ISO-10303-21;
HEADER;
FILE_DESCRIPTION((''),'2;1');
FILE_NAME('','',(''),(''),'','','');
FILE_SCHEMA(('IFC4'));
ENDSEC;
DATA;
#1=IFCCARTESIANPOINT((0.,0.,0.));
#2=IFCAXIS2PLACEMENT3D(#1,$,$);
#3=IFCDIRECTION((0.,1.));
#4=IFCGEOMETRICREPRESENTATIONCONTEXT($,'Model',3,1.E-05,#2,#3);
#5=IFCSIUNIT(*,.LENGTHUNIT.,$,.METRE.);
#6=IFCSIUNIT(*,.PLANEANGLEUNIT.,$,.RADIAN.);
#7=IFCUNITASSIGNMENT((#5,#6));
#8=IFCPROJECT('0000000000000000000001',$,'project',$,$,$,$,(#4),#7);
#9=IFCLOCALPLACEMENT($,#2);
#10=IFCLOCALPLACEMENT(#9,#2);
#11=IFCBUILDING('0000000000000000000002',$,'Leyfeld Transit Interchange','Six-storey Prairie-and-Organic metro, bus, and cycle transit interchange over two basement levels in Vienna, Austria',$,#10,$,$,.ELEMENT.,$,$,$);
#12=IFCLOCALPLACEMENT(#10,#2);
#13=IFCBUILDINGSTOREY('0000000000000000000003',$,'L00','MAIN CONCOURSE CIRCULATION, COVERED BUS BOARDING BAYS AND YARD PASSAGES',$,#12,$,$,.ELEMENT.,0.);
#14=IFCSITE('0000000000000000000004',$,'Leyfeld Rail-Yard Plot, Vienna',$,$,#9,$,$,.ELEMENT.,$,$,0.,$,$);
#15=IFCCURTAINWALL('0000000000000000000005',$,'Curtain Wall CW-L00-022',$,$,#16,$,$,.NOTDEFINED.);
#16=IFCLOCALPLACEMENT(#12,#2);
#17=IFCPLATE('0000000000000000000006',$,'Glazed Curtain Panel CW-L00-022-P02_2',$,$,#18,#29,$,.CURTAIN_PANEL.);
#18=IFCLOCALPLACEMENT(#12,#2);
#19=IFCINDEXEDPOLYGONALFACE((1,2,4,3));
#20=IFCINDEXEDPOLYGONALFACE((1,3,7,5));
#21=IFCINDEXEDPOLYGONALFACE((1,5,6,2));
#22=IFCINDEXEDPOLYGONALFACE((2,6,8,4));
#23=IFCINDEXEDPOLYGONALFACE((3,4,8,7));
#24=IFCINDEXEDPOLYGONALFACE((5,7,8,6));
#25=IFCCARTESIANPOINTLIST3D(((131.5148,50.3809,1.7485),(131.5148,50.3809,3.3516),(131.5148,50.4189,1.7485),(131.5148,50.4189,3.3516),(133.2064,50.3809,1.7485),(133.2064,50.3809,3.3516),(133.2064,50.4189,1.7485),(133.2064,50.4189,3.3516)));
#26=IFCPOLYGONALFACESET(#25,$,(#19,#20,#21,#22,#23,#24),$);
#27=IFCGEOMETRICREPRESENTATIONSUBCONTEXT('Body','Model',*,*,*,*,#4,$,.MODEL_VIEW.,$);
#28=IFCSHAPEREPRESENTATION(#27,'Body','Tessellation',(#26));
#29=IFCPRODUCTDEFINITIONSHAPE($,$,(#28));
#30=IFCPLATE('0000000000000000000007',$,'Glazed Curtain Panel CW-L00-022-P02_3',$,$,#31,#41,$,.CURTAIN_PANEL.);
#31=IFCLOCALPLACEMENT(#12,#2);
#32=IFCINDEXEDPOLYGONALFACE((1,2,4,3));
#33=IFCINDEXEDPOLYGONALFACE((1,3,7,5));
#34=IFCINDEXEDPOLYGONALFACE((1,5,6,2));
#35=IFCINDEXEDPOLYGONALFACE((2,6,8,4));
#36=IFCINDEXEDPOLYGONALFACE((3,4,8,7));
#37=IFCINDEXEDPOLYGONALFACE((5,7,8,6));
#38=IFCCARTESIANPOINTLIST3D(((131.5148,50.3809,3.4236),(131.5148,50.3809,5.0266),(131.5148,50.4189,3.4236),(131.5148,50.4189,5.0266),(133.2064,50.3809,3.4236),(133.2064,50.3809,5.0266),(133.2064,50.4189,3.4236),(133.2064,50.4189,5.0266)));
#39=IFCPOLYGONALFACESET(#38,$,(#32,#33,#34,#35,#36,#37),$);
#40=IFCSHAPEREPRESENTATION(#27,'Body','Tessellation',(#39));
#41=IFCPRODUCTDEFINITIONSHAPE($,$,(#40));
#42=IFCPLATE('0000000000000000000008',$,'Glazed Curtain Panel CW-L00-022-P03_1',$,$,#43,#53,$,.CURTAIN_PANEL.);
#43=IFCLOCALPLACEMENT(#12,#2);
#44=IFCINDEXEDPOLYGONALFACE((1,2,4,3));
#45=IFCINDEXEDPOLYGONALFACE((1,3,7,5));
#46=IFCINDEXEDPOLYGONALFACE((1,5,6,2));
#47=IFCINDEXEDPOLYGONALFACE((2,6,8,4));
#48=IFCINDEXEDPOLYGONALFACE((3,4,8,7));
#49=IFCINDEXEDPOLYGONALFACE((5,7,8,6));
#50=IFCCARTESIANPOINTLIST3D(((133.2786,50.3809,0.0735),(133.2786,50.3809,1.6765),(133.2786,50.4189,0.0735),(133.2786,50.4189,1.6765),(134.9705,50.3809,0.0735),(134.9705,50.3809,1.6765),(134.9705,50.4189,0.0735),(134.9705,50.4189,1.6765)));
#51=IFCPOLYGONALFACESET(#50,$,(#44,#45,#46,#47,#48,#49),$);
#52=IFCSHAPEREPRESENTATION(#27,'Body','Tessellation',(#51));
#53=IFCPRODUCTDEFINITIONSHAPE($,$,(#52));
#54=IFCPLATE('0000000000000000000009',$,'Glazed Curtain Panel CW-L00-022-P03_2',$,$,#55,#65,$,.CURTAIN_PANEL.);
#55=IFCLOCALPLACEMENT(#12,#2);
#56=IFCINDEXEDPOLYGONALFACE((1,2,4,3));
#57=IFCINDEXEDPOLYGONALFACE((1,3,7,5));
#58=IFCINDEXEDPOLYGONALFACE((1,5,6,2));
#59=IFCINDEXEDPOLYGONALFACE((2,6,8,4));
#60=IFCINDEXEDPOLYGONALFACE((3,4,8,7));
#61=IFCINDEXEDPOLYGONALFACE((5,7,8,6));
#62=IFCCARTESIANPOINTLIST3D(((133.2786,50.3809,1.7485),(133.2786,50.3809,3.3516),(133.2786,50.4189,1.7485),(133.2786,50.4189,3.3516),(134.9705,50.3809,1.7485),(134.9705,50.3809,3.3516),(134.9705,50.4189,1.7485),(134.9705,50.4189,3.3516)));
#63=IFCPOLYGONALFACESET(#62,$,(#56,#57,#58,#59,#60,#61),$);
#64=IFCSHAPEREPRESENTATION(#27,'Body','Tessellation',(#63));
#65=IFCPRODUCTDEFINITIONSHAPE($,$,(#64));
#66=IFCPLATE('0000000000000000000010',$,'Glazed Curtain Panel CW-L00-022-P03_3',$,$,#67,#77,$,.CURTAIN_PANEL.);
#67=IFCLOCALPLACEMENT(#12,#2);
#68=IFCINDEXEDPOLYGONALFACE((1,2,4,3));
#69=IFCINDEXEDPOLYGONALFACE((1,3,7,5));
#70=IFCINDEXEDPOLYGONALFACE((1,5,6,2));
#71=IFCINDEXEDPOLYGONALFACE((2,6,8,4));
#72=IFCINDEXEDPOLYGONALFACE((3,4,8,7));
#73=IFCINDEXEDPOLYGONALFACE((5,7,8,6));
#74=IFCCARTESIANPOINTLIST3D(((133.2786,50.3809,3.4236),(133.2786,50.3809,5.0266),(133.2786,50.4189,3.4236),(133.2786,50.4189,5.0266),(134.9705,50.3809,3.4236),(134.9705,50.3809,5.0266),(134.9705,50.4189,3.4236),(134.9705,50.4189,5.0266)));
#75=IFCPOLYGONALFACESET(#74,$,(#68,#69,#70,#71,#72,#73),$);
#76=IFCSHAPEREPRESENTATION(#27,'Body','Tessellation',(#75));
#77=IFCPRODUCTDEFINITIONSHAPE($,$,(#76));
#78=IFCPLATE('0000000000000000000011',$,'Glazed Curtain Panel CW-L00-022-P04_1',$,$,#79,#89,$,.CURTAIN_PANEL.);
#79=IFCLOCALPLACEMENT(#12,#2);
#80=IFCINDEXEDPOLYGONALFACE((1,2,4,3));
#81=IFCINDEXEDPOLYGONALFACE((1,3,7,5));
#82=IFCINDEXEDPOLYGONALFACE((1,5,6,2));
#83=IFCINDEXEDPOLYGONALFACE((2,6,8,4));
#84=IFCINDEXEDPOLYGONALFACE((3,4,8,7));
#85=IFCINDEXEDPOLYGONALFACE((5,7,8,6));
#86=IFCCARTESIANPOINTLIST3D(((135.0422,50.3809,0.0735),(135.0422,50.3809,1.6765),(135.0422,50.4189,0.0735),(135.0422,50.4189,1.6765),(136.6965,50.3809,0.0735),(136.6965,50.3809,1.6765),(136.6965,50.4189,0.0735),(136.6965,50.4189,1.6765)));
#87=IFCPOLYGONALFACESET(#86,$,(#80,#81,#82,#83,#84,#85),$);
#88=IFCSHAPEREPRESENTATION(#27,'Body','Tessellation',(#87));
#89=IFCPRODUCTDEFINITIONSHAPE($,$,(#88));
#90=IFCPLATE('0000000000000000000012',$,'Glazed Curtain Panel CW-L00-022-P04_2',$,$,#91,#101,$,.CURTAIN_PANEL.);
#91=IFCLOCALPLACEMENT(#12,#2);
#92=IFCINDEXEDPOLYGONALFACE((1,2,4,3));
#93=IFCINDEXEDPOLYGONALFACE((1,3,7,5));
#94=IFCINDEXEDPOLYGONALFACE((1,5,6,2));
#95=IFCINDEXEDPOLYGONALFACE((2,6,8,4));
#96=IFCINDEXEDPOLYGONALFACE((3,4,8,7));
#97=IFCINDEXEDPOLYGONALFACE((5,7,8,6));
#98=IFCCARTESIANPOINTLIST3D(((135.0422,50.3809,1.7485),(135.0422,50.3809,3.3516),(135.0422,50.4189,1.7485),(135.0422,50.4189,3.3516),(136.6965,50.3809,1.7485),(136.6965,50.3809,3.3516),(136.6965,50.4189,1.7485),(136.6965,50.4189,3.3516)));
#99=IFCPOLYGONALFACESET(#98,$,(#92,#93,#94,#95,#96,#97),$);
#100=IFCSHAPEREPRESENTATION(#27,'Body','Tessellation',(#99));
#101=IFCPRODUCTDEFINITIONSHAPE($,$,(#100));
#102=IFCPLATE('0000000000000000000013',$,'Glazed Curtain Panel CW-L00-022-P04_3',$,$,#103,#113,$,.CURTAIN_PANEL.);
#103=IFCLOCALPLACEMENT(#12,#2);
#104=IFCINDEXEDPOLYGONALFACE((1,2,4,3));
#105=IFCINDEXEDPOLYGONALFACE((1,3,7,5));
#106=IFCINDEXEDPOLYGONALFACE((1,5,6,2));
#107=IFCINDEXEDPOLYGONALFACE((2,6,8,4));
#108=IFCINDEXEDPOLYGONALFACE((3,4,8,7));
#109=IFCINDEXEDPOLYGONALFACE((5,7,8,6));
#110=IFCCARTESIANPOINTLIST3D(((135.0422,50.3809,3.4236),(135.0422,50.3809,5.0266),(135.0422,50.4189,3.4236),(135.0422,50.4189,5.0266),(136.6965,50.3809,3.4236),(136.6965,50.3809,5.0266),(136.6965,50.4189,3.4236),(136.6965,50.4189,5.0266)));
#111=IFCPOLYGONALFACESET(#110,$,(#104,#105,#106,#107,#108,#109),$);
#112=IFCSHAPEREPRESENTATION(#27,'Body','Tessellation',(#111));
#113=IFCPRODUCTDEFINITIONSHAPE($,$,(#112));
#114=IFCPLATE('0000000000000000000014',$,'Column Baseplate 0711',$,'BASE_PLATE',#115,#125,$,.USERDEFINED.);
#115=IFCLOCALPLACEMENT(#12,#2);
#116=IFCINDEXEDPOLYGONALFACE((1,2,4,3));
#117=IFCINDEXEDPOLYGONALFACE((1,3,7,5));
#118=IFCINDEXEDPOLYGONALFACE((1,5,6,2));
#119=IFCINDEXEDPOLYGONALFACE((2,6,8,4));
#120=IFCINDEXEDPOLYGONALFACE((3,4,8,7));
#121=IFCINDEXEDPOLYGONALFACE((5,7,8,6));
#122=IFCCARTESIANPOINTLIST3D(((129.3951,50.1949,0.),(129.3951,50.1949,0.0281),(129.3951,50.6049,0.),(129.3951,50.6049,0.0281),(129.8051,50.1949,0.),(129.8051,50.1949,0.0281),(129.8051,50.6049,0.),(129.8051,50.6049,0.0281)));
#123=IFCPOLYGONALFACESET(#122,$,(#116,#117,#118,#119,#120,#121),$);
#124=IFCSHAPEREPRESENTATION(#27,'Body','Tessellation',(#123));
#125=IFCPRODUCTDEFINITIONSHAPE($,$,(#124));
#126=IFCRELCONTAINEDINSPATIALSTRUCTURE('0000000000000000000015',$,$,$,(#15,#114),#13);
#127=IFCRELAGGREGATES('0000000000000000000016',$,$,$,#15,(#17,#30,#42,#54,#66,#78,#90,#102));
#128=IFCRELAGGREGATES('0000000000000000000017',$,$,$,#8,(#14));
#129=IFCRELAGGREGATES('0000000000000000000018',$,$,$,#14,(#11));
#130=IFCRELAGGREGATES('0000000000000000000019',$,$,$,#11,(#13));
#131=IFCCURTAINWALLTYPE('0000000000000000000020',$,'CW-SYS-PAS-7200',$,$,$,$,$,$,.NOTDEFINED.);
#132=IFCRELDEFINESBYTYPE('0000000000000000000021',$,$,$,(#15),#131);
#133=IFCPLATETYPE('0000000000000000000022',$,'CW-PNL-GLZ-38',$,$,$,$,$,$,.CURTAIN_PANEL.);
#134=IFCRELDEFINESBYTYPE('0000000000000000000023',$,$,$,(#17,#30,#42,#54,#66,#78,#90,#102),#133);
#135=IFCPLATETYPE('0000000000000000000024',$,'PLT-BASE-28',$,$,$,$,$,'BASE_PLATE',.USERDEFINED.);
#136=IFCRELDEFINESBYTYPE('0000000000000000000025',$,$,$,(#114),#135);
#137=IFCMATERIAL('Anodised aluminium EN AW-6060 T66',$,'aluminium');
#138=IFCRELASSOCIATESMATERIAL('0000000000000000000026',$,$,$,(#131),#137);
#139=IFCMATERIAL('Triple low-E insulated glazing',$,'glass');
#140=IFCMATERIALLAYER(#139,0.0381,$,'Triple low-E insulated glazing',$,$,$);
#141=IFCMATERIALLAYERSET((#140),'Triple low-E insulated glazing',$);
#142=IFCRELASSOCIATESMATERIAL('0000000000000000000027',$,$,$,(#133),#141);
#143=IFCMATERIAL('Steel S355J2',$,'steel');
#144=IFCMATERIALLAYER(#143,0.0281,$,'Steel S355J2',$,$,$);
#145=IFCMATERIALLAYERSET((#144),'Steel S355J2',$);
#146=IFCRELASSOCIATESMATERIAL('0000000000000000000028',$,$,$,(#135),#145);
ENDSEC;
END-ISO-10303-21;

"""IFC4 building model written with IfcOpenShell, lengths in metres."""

from ifc_helpers import new_model, si_unit, direction, frame, origin, origin_2d, place, context, subcontext, project, spatial, rectangle, extrude, material, layer, layer_set, type_object, element, aggregate, save


model = new_model("IFC4")

# Units and contexts
model_context = context("Model", 3, precision=1e-05, world=origin(), true_north=direction((0.0, 1.0)))
body_context = subcontext(model_context, "Body", "Model", "MODEL_VIEW")
ifc_project = project(units=[si_unit("LENGTHUNIT", "METRE"), si_unit("PLANEANGLEUNIT", "RADIAN")], contexts=[model_context])

# Site, building, storey
site_placement = place(None, origin())
site = spatial("IfcSite", under=ifc_project, at=site_placement, Name="Leyfeld Rail-Yard Plot, Vienna", CompositionType="ELEMENT", RefElevation=0.0)
building_placement = place(site_placement, origin())
building = spatial("IfcBuilding", under=site, at=building_placement, Name="Leyfeld Transit Interchange", Description="Six-storey Prairie-and-Organic metro, bus, and cycle transit interchange over two basement levels in Vienna, Austria", CompositionType="ELEMENT")
storey_placement = place(building_placement, origin())
storey = spatial("IfcBuildingStorey", under=building, at=storey_placement, Name="L00", Description="MAIN CONCOURSE CIRCULATION, COVERED BUS BOARDING BAYS AND YARD PASSAGES", CompositionType="ELEMENT", Elevation=0.0)

# Shared definitions
ifc_material_1 = material(Name="Steel S355J2", Category="steel")

# Curtain wall, plates
ifc_material_2 = material(Name="Anodised aluminium EN AW-6060 T66", Category="aluminium")
curtain_wall_type = type_object("IfcCurtainWallType", Name="CW-SYS-PAS-7200", PredefinedType="NOTDEFINED", material=ifc_material_2)
curtain_wall_placement = place(storey_placement, origin())
curtain_wall = element("IfcCurtainWall", 1, at=curtain_wall_placement, inside=storey, type_object=curtain_wall_type, Name="Curtain Wall CW-L00-022", PredefinedType="NOTDEFINED")
ifc_material_3 = material(Name="Triple low-E insulated glazing", Category="glass")
ifc_layer_1 = layer(ifc_material_3, 0.0381, Name="Triple low-E insulated glazing")
ifc_layer_set_1 = layer_set([ifc_layer_1], Name="Triple low-E insulated glazing")
plate_type_1 = type_object("IfcPlateType", Name="CW-PNL-GLZ-38", PredefinedType="CURTAIN_PANEL", material=ifc_layer_set_1)
plate_1_placement = place(storey_placement, frame((132.3606, 50.3999, 1.7485), z_axis=(0.0, 0.0, 1.0), x_axis=(1.0, 0.0, 0.0)))
plate_1 = element("IfcPlate", 2, at=plate_1_placement, type_object=plate_type_1, Name="Glazed Curtain Panel CW-L00-022-P02_2", PredefinedType="CURTAIN_PANEL", context=body_context, shape_type="SweptSolid", body=[
    extrude(rectangle(XDim=1.6917, YDim=0.0381, at=origin_2d()), origin(), (0.0, 0.0, 1.0), 1.603),
])
plate_2_placement = place(storey_placement, frame((132.3606, 50.3999, 3.4236), z_axis=(0.0, 0.0, 1.0), x_axis=(1.0, 0.0, 0.0)))
plate_2 = element("IfcPlate", 3, at=plate_2_placement, type_object=plate_type_1, Name="Glazed Curtain Panel CW-L00-022-P02_3", PredefinedType="CURTAIN_PANEL", context=body_context, shape_type="SweptSolid", body=[
    extrude(rectangle(XDim=1.6917, YDim=0.0381, at=origin_2d()), origin(), (0.0, 0.0, 1.0), 1.603),
])
plate_3_placement = place(storey_placement, frame((134.1245, 50.3999, 0.0735), z_axis=(0.0, 0.0, 1.0), x_axis=(1.0, 0.0, 0.0)))
plate_3 = element("IfcPlate", 4, at=plate_3_placement, type_object=plate_type_1, Name="Glazed Curtain Panel CW-L00-022-P03_1", PredefinedType="CURTAIN_PANEL", context=body_context, shape_type="SweptSolid", body=[
    extrude(rectangle(XDim=1.6919, YDim=0.0381, at=origin_2d()), origin(), (0.0, 0.0, 1.0), 1.603),
])
plate_4_placement = place(storey_placement, frame((134.1245, 50.3999, 1.7485), z_axis=(0.0, 0.0, 1.0), x_axis=(1.0, 0.0, 0.0)))
plate_4 = element("IfcPlate", 5, at=plate_4_placement, type_object=plate_type_1, Name="Glazed Curtain Panel CW-L00-022-P03_2", PredefinedType="CURTAIN_PANEL", context=body_context, shape_type="SweptSolid", body=[
    extrude(rectangle(XDim=1.6919, YDim=0.0381, at=origin_2d()), origin(), (0.0, 0.0, 1.0), 1.603),
])
plate_5_placement = place(storey_placement, frame((134.1245, 50.3999, 3.4236), z_axis=(0.0, 0.0, 1.0), x_axis=(1.0, 0.0, 0.0)))
plate_5 = element("IfcPlate", 6, at=plate_5_placement, type_object=plate_type_1, Name="Glazed Curtain Panel CW-L00-022-P03_3", PredefinedType="CURTAIN_PANEL", context=body_context, shape_type="SweptSolid", body=[
    extrude(rectangle(XDim=1.6919, YDim=0.0381, at=origin_2d()), origin(), (0.0, 0.0, 1.0), 1.603),
])
plate_6_placement = place(storey_placement, frame((135.8694, 50.3999, 0.0735), z_axis=(0.0, 0.0, 1.0), x_axis=(1.0, 0.0, 0.0)))
plate_6 = element("IfcPlate", 7, at=plate_6_placement, type_object=plate_type_1, Name="Glazed Curtain Panel CW-L00-022-P04_1", PredefinedType="CURTAIN_PANEL", context=body_context, shape_type="SweptSolid", body=[
    extrude(rectangle(XDim=1.6543, YDim=0.0381, at=origin_2d()), origin(), (0.0, 0.0, 1.0), 1.603),
])
plate_7_placement = place(storey_placement, frame((135.8694, 50.3999, 1.7485), z_axis=(0.0, 0.0, 1.0), x_axis=(1.0, 0.0, 0.0)))
plate_7 = element("IfcPlate", 8, at=plate_7_placement, type_object=plate_type_1, Name="Glazed Curtain Panel CW-L00-022-P04_2", PredefinedType="CURTAIN_PANEL", context=body_context, shape_type="SweptSolid", body=[
    extrude(rectangle(XDim=1.6543, YDim=0.0381, at=origin_2d()), origin(), (0.0, 0.0, 1.0), 1.603),
])
plate_8_placement = place(storey_placement, frame((135.8694, 50.3999, 3.4236), z_axis=(0.0, 0.0, 1.0), x_axis=(1.0, 0.0, 0.0)))
plate_8 = element("IfcPlate", 9, at=plate_8_placement, type_object=plate_type_1, Name="Glazed Curtain Panel CW-L00-022-P04_3", PredefinedType="CURTAIN_PANEL", context=body_context, shape_type="SweptSolid", body=[
    extrude(rectangle(XDim=1.6543, YDim=0.0381, at=origin_2d()), origin(), (0.0, 0.0, 1.0), 1.603),
])
aggregate(curtain_wall, [plate_1, plate_2, plate_3, plate_4, plate_5, plate_6, plate_7, plate_8])

# Plate
ifc_layer_2 = layer(ifc_material_1, 0.0281, Name="Steel S355J2")
ifc_layer_set_2 = layer_set([ifc_layer_2], Name="Steel S355J2")
plate_type_2 = type_object("IfcPlateType", Name="PLT-BASE-28", ElementType="BASE_PLATE", PredefinedType="USERDEFINED", material=ifc_layer_set_2)
plate_9_placement = place(storey_placement, frame((129.6001, 50.3999, 0.0), z_axis=(0.0, 0.0, 1.0), x_axis=(1.0, 0.0, 0.0)))
element("IfcPlate", 10, at=plate_9_placement, inside=storey, type_object=plate_type_2, Name="Column Baseplate 0711", ObjectType="BASE_PLATE", PredefinedType="USERDEFINED", context=body_context, shape_type="SweptSolid", body=[
    extrude(rectangle(XDim=0.4099, YDim=0.4099, at=origin_2d()), origin(), (0.0, 0.0, 1.0), 0.0281),
])

save(model, "model.ifc")
